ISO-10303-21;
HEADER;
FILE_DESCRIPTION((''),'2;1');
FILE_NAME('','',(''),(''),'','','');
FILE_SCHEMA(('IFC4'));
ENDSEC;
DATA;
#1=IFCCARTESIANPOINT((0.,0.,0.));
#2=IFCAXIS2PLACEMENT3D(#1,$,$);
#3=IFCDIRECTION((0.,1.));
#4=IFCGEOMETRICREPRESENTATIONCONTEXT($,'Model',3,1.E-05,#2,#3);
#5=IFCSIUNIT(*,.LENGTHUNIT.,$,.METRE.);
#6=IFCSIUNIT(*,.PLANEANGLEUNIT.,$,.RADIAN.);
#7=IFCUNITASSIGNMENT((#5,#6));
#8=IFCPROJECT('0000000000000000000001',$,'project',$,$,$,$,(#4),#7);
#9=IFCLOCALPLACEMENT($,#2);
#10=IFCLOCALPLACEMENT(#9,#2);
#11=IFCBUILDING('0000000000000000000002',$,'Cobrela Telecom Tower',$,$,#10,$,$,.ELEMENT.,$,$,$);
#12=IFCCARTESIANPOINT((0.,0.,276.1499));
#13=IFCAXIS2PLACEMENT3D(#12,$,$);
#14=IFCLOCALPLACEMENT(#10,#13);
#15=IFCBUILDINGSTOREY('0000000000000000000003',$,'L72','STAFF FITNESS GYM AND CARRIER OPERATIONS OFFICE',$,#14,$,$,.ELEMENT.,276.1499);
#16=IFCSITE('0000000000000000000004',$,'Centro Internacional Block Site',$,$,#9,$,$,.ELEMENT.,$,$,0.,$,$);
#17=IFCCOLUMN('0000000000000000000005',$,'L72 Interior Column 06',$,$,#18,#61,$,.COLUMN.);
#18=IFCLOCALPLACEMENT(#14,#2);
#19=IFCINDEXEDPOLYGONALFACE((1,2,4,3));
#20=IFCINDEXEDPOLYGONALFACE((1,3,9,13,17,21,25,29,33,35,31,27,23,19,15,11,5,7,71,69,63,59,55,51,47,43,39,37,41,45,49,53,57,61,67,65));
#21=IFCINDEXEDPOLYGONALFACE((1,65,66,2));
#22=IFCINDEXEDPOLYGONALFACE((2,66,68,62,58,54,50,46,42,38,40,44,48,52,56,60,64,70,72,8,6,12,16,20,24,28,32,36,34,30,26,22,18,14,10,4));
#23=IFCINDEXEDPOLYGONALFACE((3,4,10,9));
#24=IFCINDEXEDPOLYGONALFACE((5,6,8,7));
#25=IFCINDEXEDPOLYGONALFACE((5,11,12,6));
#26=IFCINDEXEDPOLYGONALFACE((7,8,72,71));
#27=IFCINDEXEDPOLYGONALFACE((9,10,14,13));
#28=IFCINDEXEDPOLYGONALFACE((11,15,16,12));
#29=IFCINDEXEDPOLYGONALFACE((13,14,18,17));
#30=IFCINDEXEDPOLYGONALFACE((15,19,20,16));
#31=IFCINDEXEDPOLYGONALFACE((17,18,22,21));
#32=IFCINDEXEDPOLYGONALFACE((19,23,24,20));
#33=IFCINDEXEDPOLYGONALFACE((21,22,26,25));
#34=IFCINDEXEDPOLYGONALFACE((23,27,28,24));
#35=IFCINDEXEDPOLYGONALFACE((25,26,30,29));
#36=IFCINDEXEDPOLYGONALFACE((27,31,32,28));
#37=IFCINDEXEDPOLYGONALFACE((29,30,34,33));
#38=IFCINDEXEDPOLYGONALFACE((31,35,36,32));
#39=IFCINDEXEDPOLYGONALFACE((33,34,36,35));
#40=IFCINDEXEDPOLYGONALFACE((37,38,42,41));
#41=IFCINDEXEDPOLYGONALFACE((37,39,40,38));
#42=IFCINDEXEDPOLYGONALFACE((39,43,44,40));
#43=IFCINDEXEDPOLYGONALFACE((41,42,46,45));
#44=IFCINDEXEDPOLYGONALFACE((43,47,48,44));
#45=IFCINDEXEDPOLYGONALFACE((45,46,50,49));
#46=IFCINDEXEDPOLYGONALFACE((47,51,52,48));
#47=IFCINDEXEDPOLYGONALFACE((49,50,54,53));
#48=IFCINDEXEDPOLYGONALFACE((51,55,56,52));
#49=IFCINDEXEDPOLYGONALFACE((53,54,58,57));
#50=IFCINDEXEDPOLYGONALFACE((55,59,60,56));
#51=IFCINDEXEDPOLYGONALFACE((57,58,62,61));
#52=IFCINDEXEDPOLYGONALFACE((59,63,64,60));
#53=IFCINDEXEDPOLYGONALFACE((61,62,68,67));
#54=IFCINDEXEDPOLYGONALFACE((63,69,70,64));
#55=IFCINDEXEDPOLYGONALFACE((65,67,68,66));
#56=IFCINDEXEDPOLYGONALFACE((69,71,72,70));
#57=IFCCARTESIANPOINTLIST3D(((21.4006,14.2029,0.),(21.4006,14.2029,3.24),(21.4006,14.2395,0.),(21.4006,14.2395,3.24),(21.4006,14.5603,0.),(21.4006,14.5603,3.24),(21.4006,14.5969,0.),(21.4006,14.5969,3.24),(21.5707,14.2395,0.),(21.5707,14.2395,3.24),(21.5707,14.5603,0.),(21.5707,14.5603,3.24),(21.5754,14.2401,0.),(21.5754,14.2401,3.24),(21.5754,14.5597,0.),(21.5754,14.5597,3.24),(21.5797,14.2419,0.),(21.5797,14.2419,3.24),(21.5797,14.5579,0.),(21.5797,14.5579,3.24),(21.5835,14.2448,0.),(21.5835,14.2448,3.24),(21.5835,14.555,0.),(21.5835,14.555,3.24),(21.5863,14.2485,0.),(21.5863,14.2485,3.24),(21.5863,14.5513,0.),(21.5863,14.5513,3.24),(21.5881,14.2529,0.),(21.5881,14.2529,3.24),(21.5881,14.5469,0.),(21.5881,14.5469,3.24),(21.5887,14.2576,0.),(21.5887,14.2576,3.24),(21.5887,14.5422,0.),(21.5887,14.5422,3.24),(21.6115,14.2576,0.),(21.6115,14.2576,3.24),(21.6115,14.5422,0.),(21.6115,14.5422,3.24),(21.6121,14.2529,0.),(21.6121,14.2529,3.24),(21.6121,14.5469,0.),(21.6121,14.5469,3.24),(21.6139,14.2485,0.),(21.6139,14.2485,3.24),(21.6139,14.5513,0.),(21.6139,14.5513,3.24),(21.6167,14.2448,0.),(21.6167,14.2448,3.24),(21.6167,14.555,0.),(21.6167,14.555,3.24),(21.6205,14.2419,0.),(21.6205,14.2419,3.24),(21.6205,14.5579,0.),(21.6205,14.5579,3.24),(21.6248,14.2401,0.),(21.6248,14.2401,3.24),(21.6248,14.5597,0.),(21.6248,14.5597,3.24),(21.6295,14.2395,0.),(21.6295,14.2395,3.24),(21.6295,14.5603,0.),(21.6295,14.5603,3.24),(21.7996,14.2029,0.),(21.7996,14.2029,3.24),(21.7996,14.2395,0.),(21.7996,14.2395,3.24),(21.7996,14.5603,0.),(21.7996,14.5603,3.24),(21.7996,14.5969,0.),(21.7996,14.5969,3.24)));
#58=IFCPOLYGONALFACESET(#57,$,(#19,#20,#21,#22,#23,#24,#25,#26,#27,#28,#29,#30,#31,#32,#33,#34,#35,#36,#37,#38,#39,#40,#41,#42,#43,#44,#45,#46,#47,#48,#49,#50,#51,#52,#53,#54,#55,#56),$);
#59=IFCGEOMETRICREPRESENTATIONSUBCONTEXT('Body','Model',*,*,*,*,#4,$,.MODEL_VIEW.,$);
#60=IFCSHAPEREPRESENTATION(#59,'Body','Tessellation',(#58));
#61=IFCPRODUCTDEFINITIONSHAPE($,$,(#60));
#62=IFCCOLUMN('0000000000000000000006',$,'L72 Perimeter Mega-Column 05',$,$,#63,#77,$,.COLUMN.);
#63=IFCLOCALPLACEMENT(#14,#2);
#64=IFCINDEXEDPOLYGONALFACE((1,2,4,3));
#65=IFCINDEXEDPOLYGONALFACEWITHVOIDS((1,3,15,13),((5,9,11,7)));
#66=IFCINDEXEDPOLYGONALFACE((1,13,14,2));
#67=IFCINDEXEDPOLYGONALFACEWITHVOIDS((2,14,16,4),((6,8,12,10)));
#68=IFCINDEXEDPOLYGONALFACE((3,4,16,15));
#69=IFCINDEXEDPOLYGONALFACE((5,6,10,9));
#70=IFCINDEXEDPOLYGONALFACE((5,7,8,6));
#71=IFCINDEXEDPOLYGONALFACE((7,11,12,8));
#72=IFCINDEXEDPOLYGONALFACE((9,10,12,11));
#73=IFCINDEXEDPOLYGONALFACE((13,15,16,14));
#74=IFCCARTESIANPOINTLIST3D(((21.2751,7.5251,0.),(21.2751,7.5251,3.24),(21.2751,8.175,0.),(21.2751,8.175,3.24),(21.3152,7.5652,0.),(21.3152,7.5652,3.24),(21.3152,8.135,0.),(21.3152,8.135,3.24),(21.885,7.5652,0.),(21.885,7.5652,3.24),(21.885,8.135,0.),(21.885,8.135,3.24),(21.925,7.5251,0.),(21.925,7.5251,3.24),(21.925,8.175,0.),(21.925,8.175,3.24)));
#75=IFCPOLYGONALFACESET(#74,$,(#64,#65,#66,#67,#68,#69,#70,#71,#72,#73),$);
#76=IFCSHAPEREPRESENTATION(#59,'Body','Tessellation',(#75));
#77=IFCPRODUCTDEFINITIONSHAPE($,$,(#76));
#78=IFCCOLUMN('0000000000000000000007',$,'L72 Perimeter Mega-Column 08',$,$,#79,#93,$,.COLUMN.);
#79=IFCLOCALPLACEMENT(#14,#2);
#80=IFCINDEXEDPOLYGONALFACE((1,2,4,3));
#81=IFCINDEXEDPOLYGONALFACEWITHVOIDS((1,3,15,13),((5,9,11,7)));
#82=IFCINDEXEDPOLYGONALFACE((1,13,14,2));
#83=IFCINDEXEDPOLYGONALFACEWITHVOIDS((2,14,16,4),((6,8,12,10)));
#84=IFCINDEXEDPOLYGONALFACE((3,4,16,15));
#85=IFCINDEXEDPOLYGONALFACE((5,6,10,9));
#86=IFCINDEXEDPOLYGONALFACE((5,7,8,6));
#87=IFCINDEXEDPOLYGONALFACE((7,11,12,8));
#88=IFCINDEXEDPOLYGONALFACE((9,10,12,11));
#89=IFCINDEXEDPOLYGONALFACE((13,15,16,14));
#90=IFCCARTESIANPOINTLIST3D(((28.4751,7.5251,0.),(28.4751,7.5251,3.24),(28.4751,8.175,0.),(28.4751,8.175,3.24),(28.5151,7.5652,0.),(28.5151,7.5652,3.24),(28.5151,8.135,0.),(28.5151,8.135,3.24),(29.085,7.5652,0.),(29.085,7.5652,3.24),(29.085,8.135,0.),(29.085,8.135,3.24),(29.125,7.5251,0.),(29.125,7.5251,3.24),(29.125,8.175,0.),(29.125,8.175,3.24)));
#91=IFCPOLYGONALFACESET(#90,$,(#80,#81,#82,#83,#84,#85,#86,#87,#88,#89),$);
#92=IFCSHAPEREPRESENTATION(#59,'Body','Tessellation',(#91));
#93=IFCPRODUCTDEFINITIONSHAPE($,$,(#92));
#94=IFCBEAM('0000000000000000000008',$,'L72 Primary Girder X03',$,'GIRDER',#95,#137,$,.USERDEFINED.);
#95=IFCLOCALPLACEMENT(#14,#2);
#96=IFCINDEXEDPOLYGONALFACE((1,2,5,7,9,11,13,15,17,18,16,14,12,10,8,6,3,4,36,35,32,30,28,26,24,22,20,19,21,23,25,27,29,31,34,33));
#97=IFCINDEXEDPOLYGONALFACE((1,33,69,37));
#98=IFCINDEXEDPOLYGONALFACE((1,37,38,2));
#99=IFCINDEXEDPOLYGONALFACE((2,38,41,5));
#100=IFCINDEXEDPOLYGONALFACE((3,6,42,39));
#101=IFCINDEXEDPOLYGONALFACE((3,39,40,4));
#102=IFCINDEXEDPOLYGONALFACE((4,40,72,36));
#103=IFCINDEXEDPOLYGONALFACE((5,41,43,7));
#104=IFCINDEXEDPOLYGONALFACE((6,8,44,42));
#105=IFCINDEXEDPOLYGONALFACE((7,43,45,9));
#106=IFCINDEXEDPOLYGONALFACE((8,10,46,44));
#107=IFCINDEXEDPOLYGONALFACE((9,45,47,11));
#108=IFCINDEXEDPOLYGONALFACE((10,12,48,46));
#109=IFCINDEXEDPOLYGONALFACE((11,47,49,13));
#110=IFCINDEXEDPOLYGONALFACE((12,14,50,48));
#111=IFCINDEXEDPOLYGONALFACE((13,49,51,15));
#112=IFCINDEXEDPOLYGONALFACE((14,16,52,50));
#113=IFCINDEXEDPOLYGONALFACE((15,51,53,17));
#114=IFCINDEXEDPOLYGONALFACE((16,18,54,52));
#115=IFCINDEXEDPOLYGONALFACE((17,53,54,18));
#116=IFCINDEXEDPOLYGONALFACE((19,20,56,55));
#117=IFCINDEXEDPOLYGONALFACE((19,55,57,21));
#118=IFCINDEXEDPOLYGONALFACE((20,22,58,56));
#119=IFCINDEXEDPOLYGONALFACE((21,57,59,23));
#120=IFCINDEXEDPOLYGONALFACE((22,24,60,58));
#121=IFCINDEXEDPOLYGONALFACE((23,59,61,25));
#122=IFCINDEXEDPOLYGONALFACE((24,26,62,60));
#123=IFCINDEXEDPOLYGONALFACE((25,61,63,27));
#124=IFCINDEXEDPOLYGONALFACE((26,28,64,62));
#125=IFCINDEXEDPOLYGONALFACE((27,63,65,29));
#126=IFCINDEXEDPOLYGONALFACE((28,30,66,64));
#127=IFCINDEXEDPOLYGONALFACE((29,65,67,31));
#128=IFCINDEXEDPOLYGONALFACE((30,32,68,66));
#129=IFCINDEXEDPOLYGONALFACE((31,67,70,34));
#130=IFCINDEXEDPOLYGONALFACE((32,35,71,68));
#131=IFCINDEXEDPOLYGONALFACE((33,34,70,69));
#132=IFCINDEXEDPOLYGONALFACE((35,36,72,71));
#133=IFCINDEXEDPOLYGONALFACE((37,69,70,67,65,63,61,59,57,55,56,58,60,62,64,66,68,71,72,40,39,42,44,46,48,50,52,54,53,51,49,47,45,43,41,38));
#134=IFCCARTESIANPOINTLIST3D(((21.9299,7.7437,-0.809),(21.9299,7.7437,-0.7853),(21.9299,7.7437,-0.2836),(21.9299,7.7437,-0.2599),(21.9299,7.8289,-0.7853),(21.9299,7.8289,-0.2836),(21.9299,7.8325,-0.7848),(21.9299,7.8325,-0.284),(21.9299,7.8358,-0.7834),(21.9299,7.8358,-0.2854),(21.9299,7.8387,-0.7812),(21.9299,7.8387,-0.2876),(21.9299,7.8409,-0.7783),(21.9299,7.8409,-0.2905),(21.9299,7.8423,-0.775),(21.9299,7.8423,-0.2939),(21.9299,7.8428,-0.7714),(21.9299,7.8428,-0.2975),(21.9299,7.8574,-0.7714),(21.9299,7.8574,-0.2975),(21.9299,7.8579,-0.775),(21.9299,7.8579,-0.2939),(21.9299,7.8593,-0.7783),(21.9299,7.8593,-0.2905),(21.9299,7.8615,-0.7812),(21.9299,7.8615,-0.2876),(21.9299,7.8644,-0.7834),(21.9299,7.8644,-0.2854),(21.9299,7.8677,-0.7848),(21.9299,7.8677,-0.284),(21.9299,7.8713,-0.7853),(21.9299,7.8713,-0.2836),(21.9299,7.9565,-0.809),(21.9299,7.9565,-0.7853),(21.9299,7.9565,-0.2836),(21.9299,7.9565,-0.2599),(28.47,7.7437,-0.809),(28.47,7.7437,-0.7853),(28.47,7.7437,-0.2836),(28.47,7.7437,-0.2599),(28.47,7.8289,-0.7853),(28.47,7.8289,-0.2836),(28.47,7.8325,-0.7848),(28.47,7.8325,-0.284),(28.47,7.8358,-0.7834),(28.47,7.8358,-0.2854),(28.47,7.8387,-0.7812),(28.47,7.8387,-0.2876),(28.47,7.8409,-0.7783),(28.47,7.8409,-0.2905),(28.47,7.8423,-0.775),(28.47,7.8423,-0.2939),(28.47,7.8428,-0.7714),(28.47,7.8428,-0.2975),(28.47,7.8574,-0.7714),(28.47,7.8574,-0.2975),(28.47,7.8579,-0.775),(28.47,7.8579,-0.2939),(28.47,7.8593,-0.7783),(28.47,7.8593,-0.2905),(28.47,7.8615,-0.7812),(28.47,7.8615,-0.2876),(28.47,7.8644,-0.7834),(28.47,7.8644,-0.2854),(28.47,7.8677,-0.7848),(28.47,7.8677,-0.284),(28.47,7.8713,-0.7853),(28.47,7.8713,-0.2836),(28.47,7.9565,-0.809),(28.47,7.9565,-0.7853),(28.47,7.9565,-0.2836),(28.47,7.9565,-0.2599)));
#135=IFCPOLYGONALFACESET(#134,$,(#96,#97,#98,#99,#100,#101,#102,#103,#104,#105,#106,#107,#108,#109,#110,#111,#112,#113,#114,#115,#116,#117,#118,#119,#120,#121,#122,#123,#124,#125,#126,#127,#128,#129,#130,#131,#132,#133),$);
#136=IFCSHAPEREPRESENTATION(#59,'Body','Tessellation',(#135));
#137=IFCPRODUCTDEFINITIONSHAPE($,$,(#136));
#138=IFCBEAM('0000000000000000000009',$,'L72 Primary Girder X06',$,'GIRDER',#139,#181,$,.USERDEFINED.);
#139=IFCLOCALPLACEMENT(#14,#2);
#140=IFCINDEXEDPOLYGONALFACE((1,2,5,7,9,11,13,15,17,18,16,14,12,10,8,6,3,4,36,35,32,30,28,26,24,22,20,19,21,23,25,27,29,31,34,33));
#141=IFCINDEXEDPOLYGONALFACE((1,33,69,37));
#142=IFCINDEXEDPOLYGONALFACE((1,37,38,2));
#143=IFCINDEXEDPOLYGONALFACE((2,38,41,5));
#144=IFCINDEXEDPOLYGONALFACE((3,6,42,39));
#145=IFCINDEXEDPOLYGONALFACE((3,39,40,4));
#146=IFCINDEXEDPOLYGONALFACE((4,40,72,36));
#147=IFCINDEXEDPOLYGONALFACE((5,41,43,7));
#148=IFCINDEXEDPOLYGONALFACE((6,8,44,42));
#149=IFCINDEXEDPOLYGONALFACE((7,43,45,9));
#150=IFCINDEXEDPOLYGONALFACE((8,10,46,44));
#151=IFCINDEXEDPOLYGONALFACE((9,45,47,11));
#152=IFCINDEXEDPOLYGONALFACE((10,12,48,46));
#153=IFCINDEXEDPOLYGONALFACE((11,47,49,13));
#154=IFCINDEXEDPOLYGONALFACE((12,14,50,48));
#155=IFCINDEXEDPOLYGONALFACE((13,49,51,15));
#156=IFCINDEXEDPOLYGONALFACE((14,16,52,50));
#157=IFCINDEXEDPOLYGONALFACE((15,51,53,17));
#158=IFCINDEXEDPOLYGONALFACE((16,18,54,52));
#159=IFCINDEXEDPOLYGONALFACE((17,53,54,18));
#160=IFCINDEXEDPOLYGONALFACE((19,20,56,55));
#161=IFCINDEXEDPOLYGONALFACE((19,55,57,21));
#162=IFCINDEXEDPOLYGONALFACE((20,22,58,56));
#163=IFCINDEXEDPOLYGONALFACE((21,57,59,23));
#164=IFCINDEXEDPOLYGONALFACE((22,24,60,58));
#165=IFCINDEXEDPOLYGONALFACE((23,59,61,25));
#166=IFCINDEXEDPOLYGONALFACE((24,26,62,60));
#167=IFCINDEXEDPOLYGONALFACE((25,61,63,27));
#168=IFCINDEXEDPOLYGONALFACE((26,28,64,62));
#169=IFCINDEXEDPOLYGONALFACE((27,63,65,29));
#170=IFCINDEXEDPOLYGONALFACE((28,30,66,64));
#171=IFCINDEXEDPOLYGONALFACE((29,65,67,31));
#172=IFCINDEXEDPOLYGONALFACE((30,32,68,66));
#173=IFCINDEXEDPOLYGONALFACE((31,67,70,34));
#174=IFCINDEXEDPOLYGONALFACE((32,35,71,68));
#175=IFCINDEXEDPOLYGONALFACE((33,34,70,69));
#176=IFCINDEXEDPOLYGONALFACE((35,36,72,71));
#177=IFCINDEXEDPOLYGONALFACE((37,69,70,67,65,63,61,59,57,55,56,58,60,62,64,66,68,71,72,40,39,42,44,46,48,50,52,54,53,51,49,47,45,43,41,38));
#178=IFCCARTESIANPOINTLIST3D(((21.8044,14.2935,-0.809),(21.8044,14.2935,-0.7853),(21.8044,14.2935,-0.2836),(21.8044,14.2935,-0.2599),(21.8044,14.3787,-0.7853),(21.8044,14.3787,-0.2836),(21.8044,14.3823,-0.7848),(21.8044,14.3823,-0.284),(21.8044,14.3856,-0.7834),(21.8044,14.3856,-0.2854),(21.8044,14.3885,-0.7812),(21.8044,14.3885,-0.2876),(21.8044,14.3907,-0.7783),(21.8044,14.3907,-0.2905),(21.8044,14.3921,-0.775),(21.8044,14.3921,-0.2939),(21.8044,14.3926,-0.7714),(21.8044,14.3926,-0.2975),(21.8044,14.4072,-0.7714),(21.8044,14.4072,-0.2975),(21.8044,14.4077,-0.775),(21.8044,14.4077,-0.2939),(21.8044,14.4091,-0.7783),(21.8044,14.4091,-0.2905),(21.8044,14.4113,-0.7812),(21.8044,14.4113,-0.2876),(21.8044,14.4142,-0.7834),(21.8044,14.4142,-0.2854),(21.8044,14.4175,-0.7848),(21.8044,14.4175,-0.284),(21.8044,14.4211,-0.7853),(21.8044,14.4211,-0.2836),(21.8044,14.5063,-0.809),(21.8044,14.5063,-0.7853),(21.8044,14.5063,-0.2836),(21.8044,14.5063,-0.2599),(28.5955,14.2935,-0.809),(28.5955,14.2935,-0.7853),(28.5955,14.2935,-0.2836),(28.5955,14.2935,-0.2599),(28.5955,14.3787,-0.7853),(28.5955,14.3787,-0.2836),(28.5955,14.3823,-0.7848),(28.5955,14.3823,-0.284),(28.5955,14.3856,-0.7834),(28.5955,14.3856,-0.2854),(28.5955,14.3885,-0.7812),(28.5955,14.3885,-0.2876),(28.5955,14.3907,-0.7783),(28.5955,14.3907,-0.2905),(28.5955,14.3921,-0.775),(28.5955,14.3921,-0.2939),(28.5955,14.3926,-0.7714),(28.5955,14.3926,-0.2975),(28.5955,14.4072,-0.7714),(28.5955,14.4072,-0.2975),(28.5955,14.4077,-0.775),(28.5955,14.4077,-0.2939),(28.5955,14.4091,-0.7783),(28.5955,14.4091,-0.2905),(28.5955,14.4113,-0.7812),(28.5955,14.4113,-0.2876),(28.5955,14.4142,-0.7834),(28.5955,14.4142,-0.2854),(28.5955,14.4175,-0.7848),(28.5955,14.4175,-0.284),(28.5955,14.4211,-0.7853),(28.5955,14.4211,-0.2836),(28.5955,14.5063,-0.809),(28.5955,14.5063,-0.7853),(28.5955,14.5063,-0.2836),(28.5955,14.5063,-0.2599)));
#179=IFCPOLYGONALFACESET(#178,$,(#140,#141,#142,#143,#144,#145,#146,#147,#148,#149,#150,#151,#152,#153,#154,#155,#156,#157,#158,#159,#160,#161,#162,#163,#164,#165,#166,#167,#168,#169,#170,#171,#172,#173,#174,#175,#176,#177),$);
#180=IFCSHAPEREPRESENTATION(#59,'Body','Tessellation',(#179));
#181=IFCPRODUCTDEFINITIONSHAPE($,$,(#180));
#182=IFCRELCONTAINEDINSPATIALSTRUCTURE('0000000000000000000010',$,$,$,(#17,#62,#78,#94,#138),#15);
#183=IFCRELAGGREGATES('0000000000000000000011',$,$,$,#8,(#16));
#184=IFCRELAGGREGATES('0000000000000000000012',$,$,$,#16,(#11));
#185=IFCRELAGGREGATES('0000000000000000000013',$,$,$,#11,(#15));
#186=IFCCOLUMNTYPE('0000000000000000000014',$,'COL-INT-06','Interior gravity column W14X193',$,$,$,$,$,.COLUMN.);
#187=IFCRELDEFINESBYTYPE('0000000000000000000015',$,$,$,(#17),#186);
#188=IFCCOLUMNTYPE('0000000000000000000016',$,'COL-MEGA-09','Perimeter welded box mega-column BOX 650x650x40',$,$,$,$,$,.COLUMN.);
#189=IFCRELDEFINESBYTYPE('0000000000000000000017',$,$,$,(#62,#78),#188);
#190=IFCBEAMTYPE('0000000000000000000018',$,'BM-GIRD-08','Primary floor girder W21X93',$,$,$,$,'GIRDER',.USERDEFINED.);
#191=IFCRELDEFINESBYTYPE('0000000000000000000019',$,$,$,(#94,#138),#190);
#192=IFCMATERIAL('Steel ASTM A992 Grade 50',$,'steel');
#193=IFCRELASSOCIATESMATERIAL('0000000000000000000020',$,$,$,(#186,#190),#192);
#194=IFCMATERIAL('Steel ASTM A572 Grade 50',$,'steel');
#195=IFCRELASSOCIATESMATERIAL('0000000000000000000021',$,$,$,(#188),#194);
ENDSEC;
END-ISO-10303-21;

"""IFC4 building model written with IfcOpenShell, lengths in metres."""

from ifc_helpers import new_model, si_unit, direction, frame, origin, origin_2d, place, context, subcontext, project, spatial, hollow_rectangle, i_section, extrude, material, material_profile, profile_set, type_object, element, save


model = new_model("IFC4")

# Units and contexts
model_context = context("Model", 3, precision=1e-05, world=origin(), true_north=direction((0.0, 1.0)))
body_context = subcontext(model_context, "Body", "Model", "MODEL_VIEW")
ifc_project = project(units=[si_unit("LENGTHUNIT", "METRE"), si_unit("PLANEANGLEUNIT", "RADIAN")], contexts=[model_context])

# Site, building, storey
site_placement = place(None, origin())
site = spatial("IfcSite", under=ifc_project, at=site_placement, Name="Centro Internacional Block Site", CompositionType="ELEMENT", RefElevation=0.0)
building_placement = place(site_placement, origin())
building = spatial("IfcBuilding", under=site, at=building_placement, Name="Cobrela Telecom Tower", CompositionType="ELEMENT")
storey_placement = place(building_placement, frame((0.0, 0.0, 276.1499)))
storey = spatial("IfcBuildingStorey", under=building, at=storey_placement, Name="L72", Description="STAFF FITNESS GYM AND CARRIER OPERATIONS OFFICE", CompositionType="ELEMENT", Elevation=276.1499)

# Columns
ifc_material_1 = material(Name="Steel ASTM A992 Grade 50", Category="steel")
ifc_material_profile_1 = material_profile(ifc_material_1, i_section(OverallWidth=0.3989, OverallDepth=0.394, WebThickness=0.0227, FlangeThickness=0.0366, FilletRadius=0.0181, at=origin_2d()), Name="W14X193")
ifc_profile_set_1 = profile_set([ifc_material_profile_1], Name="Steel ASTM A992 Grade 50")
column_type_1 = type_object("IfcColumnType", Name="COL-INT-06", Description="Interior gravity column W14X193", PredefinedType="COLUMN", material=ifc_profile_set_1)
column_placement = place(storey_placement, frame((21.6001, 14.3999, 0.0), z_axis=(0.0, 0.0, 1.0), x_axis=(1.0, 0.0, 0.0)))
element("IfcColumn", 1, at=column_placement, inside=storey, type_object=column_type_1, Name="L72 Interior Column 06", PredefinedType="COLUMN", context=body_context, shape_type="SweptSolid", body=[
    extrude(i_section(OverallWidth=0.3989, OverallDepth=0.394, WebThickness=0.0227, FlangeThickness=0.0366, FilletRadius=0.0181, at=origin_2d()), origin(), (0.0, 0.0, 1.0), 3.24),
])
ifc_material_2 = material(Name="Steel ASTM A572 Grade 50", Category="steel")
ifc_material_profile_2 = material_profile(ifc_material_2, hollow_rectangle(XDim=0.6499, YDim=0.6499, WallThickness=0.04, at=origin_2d()), Name="BOX 650x650x40")
ifc_profile_set_2 = profile_set([ifc_material_profile_2], Name="Steel ASTM A572 Grade 50")
column_type_2 = type_object("IfcColumnType", Name="COL-MEGA-09", Description="Perimeter welded box mega-column BOX 650x650x40", PredefinedType="COLUMN", material=ifc_profile_set_2)
for number, where, z_axis, x_axis, name in (
    (2, (21.6001, 7.8501, 0.0), (0.0, 0.0, 1.0), (1.0, 0.0, 0.0), "L72 Perimeter Mega-Column 05"),
    (3, (28.8, 7.8501, 0.0), (0.0, 0.0, 1.0), (1.0, 0.0, 0.0), "L72 Perimeter Mega-Column 08"),
):
    element("IfcColumn", number, at=place(storey_placement, frame(where, z_axis=z_axis, x_axis=x_axis)), inside=storey, type_object=column_type_2, Name=name, PredefinedType="COLUMN", context=body_context, shape_type="SweptSolid", body=[
        extrude(hollow_rectangle(XDim=0.6499, YDim=0.6499, WallThickness=0.04, at=origin_2d()), origin(), (0.0, 0.0, 1.0), 3.24),
    ])

# Beams
ifc_material_profile_3 = material_profile(ifc_material_1, i_section(OverallWidth=0.2129, OverallDepth=0.5491, WebThickness=0.0146, FlangeThickness=0.0237, FilletRadius=0.0139, at=origin_2d()), Name="W21X93")
ifc_profile_set_3 = profile_set([ifc_material_profile_3], Name="Steel ASTM A992 Grade 50")
beam_type_1 = type_object("IfcBeamType", Name="BM-GIRD-08", Description="Primary floor girder W21X93", ElementType="GIRDER", PredefinedType="USERDEFINED", material=ifc_profile_set_3)
beam_1_placement = place(storey_placement, frame((21.9299, 7.8501, -0.5344), z_axis=(1.0, 0.0, 0.0), x_axis=(0.0, 1.0, 0.0)))
element("IfcBeam", 4, at=beam_1_placement, inside=storey, type_object=beam_type_1, Name="L72 Primary Girder X03", ObjectType="GIRDER", PredefinedType="USERDEFINED", context=body_context, shape_type="SweptSolid", body=[
    extrude(i_section(OverallWidth=0.2129, OverallDepth=0.5491, WebThickness=0.0146, FlangeThickness=0.0237, FilletRadius=0.0139, at=origin_2d()), origin(), (0.0, 0.0, 1.0), 6.54),
])
beam_2_placement = place(storey_placement, frame((21.8044, 14.3999, -0.5344), z_axis=(1.0, 0.0, 0.0), x_axis=(0.0, 1.0, 0.0)))
element("IfcBeam", 5, at=beam_2_placement, inside=storey, type_object=beam_type_1, Name="L72 Primary Girder X06", ObjectType="GIRDER", PredefinedType="USERDEFINED", context=body_context, shape_type="SweptSolid", body=[
    extrude(i_section(OverallWidth=0.2129, OverallDepth=0.5491, WebThickness=0.0146, FlangeThickness=0.0237, FilletRadius=0.0139, at=origin_2d()), origin(), (0.0, 0.0, 1.0), 6.791),
])

save(model, "model.ifc")
